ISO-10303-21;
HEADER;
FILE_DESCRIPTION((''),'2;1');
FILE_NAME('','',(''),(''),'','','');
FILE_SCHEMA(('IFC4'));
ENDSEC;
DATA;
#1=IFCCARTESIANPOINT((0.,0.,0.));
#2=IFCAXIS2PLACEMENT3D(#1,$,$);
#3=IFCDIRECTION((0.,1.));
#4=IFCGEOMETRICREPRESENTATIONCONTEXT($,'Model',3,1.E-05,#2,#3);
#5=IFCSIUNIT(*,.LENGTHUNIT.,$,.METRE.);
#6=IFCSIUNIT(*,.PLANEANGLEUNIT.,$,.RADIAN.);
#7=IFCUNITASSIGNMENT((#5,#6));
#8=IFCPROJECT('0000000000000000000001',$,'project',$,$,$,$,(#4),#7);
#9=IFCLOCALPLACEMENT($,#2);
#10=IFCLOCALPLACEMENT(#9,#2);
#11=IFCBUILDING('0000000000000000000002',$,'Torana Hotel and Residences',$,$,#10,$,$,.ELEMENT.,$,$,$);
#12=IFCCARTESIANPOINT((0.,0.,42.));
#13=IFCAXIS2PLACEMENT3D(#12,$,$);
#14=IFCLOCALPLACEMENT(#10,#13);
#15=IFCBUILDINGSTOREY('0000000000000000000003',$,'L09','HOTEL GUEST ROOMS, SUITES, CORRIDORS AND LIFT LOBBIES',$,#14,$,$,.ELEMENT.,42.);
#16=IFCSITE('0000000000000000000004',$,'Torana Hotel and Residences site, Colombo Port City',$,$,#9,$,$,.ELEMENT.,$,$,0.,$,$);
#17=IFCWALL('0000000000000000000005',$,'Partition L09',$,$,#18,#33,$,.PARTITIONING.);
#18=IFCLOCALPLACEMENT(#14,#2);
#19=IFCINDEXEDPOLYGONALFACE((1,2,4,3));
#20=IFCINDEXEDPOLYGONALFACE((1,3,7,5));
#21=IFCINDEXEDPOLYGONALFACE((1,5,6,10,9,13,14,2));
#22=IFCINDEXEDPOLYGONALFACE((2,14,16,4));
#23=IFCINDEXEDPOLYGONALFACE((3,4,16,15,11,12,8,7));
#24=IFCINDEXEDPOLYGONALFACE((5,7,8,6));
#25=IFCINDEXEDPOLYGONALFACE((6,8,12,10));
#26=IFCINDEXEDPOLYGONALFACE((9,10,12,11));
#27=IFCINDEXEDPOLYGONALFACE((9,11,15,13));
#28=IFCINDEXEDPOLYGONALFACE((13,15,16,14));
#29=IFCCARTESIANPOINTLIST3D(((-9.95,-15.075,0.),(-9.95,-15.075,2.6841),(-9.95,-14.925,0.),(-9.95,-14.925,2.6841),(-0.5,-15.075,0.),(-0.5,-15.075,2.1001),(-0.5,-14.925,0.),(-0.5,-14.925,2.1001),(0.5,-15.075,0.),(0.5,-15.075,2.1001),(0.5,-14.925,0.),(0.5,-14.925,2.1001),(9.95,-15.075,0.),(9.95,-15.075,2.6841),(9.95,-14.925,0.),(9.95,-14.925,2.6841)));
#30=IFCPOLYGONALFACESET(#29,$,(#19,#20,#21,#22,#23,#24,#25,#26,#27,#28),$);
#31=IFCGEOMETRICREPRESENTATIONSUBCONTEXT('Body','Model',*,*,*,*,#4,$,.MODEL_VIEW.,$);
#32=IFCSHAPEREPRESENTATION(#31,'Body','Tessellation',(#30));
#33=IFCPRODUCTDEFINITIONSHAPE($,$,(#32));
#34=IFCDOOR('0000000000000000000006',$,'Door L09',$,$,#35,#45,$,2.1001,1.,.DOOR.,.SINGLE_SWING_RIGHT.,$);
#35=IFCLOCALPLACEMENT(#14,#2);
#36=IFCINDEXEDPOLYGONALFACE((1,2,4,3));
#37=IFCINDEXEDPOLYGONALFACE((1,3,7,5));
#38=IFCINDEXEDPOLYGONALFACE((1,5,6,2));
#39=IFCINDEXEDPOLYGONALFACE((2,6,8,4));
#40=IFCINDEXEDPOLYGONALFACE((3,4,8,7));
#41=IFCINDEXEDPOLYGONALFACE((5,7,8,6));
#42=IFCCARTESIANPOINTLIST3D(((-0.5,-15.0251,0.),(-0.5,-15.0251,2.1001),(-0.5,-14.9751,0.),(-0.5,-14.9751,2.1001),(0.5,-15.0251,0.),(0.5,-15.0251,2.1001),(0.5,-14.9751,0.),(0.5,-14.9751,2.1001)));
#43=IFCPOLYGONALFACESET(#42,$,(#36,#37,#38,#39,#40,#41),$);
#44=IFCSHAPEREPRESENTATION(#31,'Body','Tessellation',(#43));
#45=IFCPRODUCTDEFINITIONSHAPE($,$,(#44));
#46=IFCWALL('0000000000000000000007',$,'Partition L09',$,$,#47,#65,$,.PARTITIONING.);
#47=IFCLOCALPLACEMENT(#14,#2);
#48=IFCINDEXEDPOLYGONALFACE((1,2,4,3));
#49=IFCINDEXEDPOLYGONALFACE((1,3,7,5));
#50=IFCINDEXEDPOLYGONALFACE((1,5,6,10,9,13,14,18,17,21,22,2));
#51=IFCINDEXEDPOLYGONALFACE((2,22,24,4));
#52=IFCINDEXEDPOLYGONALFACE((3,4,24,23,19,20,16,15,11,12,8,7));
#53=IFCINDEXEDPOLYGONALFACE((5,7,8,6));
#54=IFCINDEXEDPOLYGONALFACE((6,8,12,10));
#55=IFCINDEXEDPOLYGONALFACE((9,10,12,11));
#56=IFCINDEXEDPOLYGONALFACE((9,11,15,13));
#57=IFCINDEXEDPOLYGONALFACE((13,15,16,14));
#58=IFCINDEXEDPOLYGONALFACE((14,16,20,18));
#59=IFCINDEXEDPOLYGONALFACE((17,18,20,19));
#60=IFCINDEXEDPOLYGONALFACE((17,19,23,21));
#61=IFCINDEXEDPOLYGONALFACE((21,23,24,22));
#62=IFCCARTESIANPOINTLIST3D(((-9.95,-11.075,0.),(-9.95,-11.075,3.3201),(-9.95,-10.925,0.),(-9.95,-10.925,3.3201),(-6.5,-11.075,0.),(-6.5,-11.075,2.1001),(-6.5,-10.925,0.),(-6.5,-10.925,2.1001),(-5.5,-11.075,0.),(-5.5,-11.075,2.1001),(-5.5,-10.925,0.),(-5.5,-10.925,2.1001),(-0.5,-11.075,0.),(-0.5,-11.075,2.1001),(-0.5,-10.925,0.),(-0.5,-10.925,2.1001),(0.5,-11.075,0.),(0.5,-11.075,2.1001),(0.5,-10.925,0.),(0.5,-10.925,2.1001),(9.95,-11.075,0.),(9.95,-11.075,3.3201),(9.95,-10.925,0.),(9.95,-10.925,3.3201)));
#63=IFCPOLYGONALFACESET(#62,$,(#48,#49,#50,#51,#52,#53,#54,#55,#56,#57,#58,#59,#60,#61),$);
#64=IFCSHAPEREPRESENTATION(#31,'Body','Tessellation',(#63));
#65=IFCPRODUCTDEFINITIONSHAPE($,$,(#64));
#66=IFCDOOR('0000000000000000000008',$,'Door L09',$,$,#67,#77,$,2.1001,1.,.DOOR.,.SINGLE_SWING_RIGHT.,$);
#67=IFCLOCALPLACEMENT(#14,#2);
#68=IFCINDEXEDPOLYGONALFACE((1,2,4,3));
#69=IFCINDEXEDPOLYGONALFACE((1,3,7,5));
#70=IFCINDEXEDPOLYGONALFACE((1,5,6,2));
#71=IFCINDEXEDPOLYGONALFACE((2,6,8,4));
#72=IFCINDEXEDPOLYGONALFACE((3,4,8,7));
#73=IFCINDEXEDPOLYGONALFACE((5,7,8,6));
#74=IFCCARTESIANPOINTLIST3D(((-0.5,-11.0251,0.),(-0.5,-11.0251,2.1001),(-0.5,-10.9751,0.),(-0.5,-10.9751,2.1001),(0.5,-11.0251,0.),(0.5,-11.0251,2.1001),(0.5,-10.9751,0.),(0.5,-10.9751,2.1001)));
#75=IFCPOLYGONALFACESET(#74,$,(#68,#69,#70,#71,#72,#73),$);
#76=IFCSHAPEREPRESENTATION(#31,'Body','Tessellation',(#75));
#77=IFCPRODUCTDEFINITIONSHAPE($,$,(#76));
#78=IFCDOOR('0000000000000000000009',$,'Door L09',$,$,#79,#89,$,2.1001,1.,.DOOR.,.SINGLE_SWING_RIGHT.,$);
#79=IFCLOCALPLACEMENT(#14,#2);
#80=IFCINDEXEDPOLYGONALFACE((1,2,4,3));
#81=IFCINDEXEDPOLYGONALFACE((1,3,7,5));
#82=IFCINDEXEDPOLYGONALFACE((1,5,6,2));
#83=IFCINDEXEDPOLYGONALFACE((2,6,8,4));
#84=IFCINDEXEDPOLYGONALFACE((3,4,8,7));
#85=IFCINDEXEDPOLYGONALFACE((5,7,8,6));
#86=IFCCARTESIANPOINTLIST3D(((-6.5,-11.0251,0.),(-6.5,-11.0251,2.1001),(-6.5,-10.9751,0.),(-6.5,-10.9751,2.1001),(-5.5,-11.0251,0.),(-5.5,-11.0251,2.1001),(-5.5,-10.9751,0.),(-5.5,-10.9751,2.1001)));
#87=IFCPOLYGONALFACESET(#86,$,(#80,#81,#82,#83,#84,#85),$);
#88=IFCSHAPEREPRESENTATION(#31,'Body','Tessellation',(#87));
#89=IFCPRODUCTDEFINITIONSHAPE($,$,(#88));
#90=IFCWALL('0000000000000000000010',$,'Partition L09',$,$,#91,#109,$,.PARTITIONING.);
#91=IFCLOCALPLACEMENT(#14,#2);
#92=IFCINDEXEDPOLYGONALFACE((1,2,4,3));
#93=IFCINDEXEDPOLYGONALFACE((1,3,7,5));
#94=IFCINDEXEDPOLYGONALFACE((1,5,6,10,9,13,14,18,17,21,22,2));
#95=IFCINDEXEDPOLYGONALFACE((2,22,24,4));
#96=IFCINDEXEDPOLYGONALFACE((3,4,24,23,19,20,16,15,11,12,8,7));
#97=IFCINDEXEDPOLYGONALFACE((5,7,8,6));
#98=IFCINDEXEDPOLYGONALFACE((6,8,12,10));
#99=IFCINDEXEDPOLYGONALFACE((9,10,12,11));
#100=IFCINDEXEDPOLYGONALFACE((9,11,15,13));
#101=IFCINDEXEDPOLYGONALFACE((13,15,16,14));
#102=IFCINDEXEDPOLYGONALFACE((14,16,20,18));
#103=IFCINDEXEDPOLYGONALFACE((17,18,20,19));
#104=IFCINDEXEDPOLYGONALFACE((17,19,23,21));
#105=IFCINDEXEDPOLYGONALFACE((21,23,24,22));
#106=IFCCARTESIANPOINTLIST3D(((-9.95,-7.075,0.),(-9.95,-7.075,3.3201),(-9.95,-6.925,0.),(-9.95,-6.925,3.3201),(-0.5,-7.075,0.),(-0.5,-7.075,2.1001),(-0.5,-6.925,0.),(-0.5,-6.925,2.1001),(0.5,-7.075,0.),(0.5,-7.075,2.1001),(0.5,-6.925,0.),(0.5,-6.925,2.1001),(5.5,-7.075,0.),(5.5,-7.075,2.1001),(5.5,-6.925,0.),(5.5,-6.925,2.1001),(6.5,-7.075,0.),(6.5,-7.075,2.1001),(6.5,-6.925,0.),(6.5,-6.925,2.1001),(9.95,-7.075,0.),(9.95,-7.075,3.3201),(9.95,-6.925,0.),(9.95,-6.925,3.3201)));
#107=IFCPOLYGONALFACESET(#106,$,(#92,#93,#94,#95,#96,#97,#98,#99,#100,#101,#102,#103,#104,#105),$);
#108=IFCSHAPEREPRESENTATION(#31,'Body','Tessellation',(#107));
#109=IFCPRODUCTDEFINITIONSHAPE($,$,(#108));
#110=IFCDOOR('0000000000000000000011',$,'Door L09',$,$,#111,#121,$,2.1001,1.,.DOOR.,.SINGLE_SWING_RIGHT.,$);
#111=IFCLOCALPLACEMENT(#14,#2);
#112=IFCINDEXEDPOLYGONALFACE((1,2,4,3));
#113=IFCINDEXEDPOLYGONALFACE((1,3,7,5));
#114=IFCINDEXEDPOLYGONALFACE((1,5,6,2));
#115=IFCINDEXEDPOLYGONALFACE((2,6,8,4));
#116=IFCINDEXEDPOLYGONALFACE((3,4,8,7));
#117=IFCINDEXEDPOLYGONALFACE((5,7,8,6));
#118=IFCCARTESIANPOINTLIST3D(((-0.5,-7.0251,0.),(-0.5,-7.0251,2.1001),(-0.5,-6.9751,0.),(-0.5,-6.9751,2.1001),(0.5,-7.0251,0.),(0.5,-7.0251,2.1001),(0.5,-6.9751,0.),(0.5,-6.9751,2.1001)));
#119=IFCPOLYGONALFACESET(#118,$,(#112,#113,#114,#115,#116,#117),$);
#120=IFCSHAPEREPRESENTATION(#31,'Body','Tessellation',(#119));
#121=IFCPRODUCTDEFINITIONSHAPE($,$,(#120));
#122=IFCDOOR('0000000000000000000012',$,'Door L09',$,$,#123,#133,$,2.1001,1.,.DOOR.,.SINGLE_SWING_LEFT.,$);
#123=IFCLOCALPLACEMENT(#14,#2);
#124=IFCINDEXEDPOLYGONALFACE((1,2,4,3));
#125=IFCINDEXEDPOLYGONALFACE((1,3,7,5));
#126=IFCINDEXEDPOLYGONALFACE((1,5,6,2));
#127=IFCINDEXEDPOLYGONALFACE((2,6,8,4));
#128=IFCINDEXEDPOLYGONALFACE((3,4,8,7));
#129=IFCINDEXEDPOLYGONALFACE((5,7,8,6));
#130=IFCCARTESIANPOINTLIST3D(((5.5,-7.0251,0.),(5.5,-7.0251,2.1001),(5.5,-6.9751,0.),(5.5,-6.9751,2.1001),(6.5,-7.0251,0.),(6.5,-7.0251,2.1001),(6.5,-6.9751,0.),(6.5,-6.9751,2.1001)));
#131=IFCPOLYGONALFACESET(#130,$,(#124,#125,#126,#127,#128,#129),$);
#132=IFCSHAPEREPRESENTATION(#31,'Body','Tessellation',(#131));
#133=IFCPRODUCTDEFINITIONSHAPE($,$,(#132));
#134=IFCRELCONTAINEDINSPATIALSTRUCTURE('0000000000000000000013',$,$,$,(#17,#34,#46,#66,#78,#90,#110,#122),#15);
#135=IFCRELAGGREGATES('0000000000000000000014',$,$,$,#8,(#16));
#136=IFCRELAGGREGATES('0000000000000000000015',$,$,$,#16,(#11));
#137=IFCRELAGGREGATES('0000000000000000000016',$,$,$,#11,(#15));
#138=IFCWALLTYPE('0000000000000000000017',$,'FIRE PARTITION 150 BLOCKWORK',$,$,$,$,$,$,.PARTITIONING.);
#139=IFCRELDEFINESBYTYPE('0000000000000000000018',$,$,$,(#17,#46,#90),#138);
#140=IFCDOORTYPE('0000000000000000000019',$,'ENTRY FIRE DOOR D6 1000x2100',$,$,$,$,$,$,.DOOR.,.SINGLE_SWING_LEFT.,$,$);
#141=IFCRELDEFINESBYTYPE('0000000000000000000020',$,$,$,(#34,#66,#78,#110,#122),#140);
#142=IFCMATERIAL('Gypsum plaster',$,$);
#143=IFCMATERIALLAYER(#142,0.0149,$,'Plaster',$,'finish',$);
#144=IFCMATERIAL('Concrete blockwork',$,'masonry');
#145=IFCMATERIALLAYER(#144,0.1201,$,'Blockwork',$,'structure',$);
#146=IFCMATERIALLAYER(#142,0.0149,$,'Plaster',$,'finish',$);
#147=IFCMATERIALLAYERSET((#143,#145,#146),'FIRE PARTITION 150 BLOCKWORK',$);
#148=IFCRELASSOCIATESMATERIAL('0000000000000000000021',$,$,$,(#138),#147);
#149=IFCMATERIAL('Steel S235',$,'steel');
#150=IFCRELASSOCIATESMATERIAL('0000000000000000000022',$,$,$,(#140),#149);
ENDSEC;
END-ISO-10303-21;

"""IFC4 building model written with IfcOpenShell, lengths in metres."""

from ifc_helpers import new_model, si_unit, direction, frame, frame_2d, origin, place, context, subcontext, project, spatial, rectangle, extrude, material, layer, layer_set, type_object, element, fill, save


model = new_model("IFC4")

# Units and contexts
model_context = context("Model", 3, precision=1e-05, world=origin(), true_north=direction((0.0, 1.0)))
body_context = subcontext(model_context, "Body", "Model", "MODEL_VIEW")
ifc_project = project(units=[si_unit("LENGTHUNIT", "METRE"), si_unit("PLANEANGLEUNIT", "RADIAN")], contexts=[model_context])

# Site, building, storey
site_placement = place(None, origin())
site = spatial("IfcSite", under=ifc_project, at=site_placement, Name="Torana Hotel and Residences site, Colombo Port City", CompositionType="ELEMENT", RefElevation=0.0)
building_placement = place(site_placement, origin())
building = spatial("IfcBuilding", under=site, at=building_placement, Name="Torana Hotel and Residences", CompositionType="ELEMENT")
storey_placement = place(building_placement, frame((0.0, 0.0, 42.0)))
storey = spatial("IfcBuildingStorey", under=building, at=storey_placement, Name="L09", Description="HOTEL GUEST ROOMS, SUITES, CORRIDORS AND LIFT LOBBIES", CompositionType="ELEMENT", Elevation=42.0)

# Shared definitions
ifc_material_1 = material(Name="Gypsum plaster")
ifc_layer_1 = layer(ifc_material_1, 0.0149, Name="Plaster", Category="finish")
ifc_material_2 = material(Name="Concrete blockwork", Category="masonry")
ifc_layer_2 = layer(ifc_material_2, 0.1201, Name="Blockwork", Category="structure")
ifc_layer_3 = layer(ifc_material_1, 0.0149, Name="Plaster", Category="finish")
ifc_layer_set_1 = layer_set([ifc_layer_1, ifc_layer_2, ifc_layer_3], Name="FIRE PARTITION 150 BLOCKWORK")
wall_type_1 = type_object("IfcWallType", Name="FIRE PARTITION 150 BLOCKWORK", PredefinedType="PARTITIONING", material=ifc_layer_set_1)

# Wall, opening, door
wall_1_placement = place(storey_placement, frame((-9.95, -15.0, 0.0), z_axis=(0.0, 0.0, 1.0), x_axis=(1.0, 0.0, 0.0)))
wall_1 = element("IfcWall", 1, at=wall_1_placement, inside=storey, type_object=wall_type_1, Name="Partition L09", PredefinedType="PARTITIONING", context=body_context, shape_type="SweptSolid", body=[
    extrude(rectangle(XDim=19.8999, YDim=0.1499, at=frame_2d((9.95, 0.0))), origin(), (0.0, 0.0, 1.0), 2.6841),
])
opening_1_placement = place(wall_1_placement, frame((9.45, 0.0, 0.0)))
opening_1 = element("IfcOpeningElement", 2, at=opening_1_placement, cuts=wall_1, PredefinedType="OPENING", context=body_context, shape_type="SweptSolid", body=[
    extrude(rectangle(XDim=1.0, YDim=2.1001, at=frame_2d((0.5, 1.05))), frame((0.0, 0.085, 0.0), z_axis=(0.0, -1.0, 0.0), x_axis=(1.0, 0.0, 0.0)), (0.0, 0.0, 1.0), 0.1699),
])
ifc_material_3 = material(Name="Steel S235", Category="steel")
door_type = type_object("IfcDoorType", Name="ENTRY FIRE DOOR D6 1000x2100", OperationType="SINGLE_SWING_LEFT", PredefinedType="DOOR", material=ifc_material_3)
door_1_placement = place(opening_1_placement, origin())
door_1 = element("IfcDoor", 3, at=door_1_placement, inside=storey, type_object=door_type, Name="Door L09", OperationType="SINGLE_SWING_RIGHT", OverallHeight=2.1001, OverallWidth=1.0, PredefinedType="DOOR", context=body_context, shape_type="SweptSolid", body=[
    extrude(rectangle(XDim=1.0, YDim=2.1001, at=frame_2d((0.5, 1.05))), frame((0.0, 0.0249, 0.0), z_axis=(0.0, -1.0, 0.0), x_axis=(1.0, 0.0, 0.0)), (0.0, 0.0, 1.0), 0.05),
])
fill(opening_1, door_1)

# Walls, openings, doors
wall_2_placement = place(storey_placement, frame((-9.95, -11.0, 0.0), z_axis=(0.0, 0.0, 1.0), x_axis=(1.0, 0.0, 0.0)))
wall_2 = element("IfcWall", 4, at=wall_2_placement, inside=storey, type_object=wall_type_1, Name="Partition L09", PredefinedType="PARTITIONING", context=body_context, shape_type="SweptSolid", body=[
    extrude(rectangle(XDim=19.8999, YDim=0.1499, at=frame_2d((9.95, 0.0))), origin(), (0.0, 0.0, 1.0), 3.3201),
])
opening_2_placement = place(wall_2_placement, frame((9.45, 0.0, 0.0)))
opening_2 = element("IfcOpeningElement", 5, at=opening_2_placement, cuts=wall_2, PredefinedType="OPENING", context=body_context, shape_type="SweptSolid", body=[
    extrude(rectangle(XDim=1.0, YDim=2.1001, at=frame_2d((0.5, 1.05))), frame((0.0, 0.085, 0.0), z_axis=(0.0, -1.0, 0.0), x_axis=(1.0, 0.0, 0.0)), (0.0, 0.0, 1.0), 0.1699),
])
opening_3_placement = place(wall_2_placement, frame((3.45, 0.0, 0.0)))
opening_3 = element("IfcOpeningElement", 6, at=opening_3_placement, cuts=wall_2, PredefinedType="OPENING", context=body_context, shape_type="SweptSolid", body=[
    extrude(rectangle(XDim=1.0, YDim=2.1001, at=frame_2d((0.5, 1.05))), frame((0.0, 0.085, 0.0), z_axis=(0.0, -1.0, 0.0), x_axis=(1.0, 0.0, 0.0)), (0.0, 0.0, 1.0), 0.1699),
])
door_2_placement = place(opening_2_placement, origin())
door_2 = element("IfcDoor", 7, at=door_2_placement, inside=storey, type_object=door_type, Name="Door L09", OperationType="SINGLE_SWING_RIGHT", OverallHeight=2.1001, OverallWidth=1.0, PredefinedType="DOOR", context=body_context, shape_type="SweptSolid", body=[
    extrude(rectangle(XDim=1.0, YDim=2.1001, at=frame_2d((0.5, 1.05))), frame((0.0, 0.0249, 0.0), z_axis=(0.0, -1.0, 0.0), x_axis=(1.0, 0.0, 0.0)), (0.0, 0.0, 1.0), 0.05),
])
fill(opening_2, door_2)
door_3_placement = place(opening_3_placement, origin())
door_3 = element("IfcDoor", 8, at=door_3_placement, inside=storey, type_object=door_type, Name="Door L09", OperationType="SINGLE_SWING_RIGHT", OverallHeight=2.1001, OverallWidth=1.0, PredefinedType="DOOR", context=body_context, shape_type="SweptSolid", body=[
    extrude(rectangle(XDim=1.0, YDim=2.1001, at=frame_2d((0.5, 1.05))), frame((0.0, 0.0249, 0.0), z_axis=(0.0, -1.0, 0.0), x_axis=(1.0, 0.0, 0.0)), (0.0, 0.0, 1.0), 0.05),
])
fill(opening_3, door_3)
wall_3_placement = place(storey_placement, frame((-9.95, -7.0, 0.0), z_axis=(0.0, 0.0, 1.0), x_axis=(1.0, 0.0, 0.0)))
wall_3 = element("IfcWall", 9, at=wall_3_placement, inside=storey, type_object=wall_type_1, Name="Partition L09", PredefinedType="PARTITIONING", context=body_context, shape_type="SweptSolid", body=[
    extrude(rectangle(XDim=19.8999, YDim=0.1499, at=frame_2d((9.95, 0.0))), origin(), (0.0, 0.0, 1.0), 3.3201),
])
opening_4_placement = place(wall_3_placement, frame((9.45, 0.0, 0.0)))
opening_4 = element("IfcOpeningElement", 10, at=opening_4_placement, cuts=wall_3, PredefinedType="OPENING", context=body_context, shape_type="SweptSolid", body=[
    extrude(rectangle(XDim=1.0, YDim=2.1001, at=frame_2d((0.5, 1.05))), frame((0.0, 0.085, 0.0), z_axis=(0.0, -1.0, 0.0), x_axis=(1.0, 0.0, 0.0)), (0.0, 0.0, 1.0), 0.1699),
])
opening_5_placement = place(wall_3_placement, frame((15.45, 0.0, 0.0)))
opening_5 = element("IfcOpeningElement", 11, at=opening_5_placement, cuts=wall_3, PredefinedType="OPENING", context=body_context, shape_type="SweptSolid", body=[
    extrude(rectangle(XDim=1.0, YDim=2.1001, at=frame_2d((0.5, 1.05))), frame((0.0, 0.085, 0.0), z_axis=(0.0, -1.0, 0.0), x_axis=(1.0, 0.0, 0.0)), (0.0, 0.0, 1.0), 0.1699),
])
door_4_placement = place(opening_4_placement, origin())
door_4 = element("IfcDoor", 12, at=door_4_placement, inside=storey, type_object=door_type, Name="Door L09", OperationType="SINGLE_SWING_RIGHT", OverallHeight=2.1001, OverallWidth=1.0, PredefinedType="DOOR", context=body_context, shape_type="SweptSolid", body=[
    extrude(rectangle(XDim=1.0, YDim=2.1001, at=frame_2d((0.5, 1.05))), frame((0.0, 0.0249, 0.0), z_axis=(0.0, -1.0, 0.0), x_axis=(1.0, 0.0, 0.0)), (0.0, 0.0, 1.0), 0.05),
])
fill(opening_4, door_4)
door_5_placement = place(opening_5_placement, frame((0.5, 0.0, 0.0), z_axis=(0.0, 0.0, 1.0), x_axis=(-1.0, 0.0, 0.0)))
door_5 = element("IfcDoor", 13, at=door_5_placement, inside=storey, type_object=door_type, Name="Door L09", OperationType="SINGLE_SWING_LEFT", OverallHeight=2.1001, OverallWidth=1.0, PredefinedType="DOOR", context=body_context, shape_type="SweptSolid", body=[
    extrude(rectangle(XDim=1.0, YDim=2.1001, at=frame_2d((0.0, 1.05))), frame((0.0, -0.0249, 0.0), z_axis=(0.0, 1.0, 0.0), x_axis=(-1.0, 0.0, 0.0)), (0.0, 0.0, 1.0), 0.05),
])
fill(opening_5, door_5)

save(model, "model.ifc")
